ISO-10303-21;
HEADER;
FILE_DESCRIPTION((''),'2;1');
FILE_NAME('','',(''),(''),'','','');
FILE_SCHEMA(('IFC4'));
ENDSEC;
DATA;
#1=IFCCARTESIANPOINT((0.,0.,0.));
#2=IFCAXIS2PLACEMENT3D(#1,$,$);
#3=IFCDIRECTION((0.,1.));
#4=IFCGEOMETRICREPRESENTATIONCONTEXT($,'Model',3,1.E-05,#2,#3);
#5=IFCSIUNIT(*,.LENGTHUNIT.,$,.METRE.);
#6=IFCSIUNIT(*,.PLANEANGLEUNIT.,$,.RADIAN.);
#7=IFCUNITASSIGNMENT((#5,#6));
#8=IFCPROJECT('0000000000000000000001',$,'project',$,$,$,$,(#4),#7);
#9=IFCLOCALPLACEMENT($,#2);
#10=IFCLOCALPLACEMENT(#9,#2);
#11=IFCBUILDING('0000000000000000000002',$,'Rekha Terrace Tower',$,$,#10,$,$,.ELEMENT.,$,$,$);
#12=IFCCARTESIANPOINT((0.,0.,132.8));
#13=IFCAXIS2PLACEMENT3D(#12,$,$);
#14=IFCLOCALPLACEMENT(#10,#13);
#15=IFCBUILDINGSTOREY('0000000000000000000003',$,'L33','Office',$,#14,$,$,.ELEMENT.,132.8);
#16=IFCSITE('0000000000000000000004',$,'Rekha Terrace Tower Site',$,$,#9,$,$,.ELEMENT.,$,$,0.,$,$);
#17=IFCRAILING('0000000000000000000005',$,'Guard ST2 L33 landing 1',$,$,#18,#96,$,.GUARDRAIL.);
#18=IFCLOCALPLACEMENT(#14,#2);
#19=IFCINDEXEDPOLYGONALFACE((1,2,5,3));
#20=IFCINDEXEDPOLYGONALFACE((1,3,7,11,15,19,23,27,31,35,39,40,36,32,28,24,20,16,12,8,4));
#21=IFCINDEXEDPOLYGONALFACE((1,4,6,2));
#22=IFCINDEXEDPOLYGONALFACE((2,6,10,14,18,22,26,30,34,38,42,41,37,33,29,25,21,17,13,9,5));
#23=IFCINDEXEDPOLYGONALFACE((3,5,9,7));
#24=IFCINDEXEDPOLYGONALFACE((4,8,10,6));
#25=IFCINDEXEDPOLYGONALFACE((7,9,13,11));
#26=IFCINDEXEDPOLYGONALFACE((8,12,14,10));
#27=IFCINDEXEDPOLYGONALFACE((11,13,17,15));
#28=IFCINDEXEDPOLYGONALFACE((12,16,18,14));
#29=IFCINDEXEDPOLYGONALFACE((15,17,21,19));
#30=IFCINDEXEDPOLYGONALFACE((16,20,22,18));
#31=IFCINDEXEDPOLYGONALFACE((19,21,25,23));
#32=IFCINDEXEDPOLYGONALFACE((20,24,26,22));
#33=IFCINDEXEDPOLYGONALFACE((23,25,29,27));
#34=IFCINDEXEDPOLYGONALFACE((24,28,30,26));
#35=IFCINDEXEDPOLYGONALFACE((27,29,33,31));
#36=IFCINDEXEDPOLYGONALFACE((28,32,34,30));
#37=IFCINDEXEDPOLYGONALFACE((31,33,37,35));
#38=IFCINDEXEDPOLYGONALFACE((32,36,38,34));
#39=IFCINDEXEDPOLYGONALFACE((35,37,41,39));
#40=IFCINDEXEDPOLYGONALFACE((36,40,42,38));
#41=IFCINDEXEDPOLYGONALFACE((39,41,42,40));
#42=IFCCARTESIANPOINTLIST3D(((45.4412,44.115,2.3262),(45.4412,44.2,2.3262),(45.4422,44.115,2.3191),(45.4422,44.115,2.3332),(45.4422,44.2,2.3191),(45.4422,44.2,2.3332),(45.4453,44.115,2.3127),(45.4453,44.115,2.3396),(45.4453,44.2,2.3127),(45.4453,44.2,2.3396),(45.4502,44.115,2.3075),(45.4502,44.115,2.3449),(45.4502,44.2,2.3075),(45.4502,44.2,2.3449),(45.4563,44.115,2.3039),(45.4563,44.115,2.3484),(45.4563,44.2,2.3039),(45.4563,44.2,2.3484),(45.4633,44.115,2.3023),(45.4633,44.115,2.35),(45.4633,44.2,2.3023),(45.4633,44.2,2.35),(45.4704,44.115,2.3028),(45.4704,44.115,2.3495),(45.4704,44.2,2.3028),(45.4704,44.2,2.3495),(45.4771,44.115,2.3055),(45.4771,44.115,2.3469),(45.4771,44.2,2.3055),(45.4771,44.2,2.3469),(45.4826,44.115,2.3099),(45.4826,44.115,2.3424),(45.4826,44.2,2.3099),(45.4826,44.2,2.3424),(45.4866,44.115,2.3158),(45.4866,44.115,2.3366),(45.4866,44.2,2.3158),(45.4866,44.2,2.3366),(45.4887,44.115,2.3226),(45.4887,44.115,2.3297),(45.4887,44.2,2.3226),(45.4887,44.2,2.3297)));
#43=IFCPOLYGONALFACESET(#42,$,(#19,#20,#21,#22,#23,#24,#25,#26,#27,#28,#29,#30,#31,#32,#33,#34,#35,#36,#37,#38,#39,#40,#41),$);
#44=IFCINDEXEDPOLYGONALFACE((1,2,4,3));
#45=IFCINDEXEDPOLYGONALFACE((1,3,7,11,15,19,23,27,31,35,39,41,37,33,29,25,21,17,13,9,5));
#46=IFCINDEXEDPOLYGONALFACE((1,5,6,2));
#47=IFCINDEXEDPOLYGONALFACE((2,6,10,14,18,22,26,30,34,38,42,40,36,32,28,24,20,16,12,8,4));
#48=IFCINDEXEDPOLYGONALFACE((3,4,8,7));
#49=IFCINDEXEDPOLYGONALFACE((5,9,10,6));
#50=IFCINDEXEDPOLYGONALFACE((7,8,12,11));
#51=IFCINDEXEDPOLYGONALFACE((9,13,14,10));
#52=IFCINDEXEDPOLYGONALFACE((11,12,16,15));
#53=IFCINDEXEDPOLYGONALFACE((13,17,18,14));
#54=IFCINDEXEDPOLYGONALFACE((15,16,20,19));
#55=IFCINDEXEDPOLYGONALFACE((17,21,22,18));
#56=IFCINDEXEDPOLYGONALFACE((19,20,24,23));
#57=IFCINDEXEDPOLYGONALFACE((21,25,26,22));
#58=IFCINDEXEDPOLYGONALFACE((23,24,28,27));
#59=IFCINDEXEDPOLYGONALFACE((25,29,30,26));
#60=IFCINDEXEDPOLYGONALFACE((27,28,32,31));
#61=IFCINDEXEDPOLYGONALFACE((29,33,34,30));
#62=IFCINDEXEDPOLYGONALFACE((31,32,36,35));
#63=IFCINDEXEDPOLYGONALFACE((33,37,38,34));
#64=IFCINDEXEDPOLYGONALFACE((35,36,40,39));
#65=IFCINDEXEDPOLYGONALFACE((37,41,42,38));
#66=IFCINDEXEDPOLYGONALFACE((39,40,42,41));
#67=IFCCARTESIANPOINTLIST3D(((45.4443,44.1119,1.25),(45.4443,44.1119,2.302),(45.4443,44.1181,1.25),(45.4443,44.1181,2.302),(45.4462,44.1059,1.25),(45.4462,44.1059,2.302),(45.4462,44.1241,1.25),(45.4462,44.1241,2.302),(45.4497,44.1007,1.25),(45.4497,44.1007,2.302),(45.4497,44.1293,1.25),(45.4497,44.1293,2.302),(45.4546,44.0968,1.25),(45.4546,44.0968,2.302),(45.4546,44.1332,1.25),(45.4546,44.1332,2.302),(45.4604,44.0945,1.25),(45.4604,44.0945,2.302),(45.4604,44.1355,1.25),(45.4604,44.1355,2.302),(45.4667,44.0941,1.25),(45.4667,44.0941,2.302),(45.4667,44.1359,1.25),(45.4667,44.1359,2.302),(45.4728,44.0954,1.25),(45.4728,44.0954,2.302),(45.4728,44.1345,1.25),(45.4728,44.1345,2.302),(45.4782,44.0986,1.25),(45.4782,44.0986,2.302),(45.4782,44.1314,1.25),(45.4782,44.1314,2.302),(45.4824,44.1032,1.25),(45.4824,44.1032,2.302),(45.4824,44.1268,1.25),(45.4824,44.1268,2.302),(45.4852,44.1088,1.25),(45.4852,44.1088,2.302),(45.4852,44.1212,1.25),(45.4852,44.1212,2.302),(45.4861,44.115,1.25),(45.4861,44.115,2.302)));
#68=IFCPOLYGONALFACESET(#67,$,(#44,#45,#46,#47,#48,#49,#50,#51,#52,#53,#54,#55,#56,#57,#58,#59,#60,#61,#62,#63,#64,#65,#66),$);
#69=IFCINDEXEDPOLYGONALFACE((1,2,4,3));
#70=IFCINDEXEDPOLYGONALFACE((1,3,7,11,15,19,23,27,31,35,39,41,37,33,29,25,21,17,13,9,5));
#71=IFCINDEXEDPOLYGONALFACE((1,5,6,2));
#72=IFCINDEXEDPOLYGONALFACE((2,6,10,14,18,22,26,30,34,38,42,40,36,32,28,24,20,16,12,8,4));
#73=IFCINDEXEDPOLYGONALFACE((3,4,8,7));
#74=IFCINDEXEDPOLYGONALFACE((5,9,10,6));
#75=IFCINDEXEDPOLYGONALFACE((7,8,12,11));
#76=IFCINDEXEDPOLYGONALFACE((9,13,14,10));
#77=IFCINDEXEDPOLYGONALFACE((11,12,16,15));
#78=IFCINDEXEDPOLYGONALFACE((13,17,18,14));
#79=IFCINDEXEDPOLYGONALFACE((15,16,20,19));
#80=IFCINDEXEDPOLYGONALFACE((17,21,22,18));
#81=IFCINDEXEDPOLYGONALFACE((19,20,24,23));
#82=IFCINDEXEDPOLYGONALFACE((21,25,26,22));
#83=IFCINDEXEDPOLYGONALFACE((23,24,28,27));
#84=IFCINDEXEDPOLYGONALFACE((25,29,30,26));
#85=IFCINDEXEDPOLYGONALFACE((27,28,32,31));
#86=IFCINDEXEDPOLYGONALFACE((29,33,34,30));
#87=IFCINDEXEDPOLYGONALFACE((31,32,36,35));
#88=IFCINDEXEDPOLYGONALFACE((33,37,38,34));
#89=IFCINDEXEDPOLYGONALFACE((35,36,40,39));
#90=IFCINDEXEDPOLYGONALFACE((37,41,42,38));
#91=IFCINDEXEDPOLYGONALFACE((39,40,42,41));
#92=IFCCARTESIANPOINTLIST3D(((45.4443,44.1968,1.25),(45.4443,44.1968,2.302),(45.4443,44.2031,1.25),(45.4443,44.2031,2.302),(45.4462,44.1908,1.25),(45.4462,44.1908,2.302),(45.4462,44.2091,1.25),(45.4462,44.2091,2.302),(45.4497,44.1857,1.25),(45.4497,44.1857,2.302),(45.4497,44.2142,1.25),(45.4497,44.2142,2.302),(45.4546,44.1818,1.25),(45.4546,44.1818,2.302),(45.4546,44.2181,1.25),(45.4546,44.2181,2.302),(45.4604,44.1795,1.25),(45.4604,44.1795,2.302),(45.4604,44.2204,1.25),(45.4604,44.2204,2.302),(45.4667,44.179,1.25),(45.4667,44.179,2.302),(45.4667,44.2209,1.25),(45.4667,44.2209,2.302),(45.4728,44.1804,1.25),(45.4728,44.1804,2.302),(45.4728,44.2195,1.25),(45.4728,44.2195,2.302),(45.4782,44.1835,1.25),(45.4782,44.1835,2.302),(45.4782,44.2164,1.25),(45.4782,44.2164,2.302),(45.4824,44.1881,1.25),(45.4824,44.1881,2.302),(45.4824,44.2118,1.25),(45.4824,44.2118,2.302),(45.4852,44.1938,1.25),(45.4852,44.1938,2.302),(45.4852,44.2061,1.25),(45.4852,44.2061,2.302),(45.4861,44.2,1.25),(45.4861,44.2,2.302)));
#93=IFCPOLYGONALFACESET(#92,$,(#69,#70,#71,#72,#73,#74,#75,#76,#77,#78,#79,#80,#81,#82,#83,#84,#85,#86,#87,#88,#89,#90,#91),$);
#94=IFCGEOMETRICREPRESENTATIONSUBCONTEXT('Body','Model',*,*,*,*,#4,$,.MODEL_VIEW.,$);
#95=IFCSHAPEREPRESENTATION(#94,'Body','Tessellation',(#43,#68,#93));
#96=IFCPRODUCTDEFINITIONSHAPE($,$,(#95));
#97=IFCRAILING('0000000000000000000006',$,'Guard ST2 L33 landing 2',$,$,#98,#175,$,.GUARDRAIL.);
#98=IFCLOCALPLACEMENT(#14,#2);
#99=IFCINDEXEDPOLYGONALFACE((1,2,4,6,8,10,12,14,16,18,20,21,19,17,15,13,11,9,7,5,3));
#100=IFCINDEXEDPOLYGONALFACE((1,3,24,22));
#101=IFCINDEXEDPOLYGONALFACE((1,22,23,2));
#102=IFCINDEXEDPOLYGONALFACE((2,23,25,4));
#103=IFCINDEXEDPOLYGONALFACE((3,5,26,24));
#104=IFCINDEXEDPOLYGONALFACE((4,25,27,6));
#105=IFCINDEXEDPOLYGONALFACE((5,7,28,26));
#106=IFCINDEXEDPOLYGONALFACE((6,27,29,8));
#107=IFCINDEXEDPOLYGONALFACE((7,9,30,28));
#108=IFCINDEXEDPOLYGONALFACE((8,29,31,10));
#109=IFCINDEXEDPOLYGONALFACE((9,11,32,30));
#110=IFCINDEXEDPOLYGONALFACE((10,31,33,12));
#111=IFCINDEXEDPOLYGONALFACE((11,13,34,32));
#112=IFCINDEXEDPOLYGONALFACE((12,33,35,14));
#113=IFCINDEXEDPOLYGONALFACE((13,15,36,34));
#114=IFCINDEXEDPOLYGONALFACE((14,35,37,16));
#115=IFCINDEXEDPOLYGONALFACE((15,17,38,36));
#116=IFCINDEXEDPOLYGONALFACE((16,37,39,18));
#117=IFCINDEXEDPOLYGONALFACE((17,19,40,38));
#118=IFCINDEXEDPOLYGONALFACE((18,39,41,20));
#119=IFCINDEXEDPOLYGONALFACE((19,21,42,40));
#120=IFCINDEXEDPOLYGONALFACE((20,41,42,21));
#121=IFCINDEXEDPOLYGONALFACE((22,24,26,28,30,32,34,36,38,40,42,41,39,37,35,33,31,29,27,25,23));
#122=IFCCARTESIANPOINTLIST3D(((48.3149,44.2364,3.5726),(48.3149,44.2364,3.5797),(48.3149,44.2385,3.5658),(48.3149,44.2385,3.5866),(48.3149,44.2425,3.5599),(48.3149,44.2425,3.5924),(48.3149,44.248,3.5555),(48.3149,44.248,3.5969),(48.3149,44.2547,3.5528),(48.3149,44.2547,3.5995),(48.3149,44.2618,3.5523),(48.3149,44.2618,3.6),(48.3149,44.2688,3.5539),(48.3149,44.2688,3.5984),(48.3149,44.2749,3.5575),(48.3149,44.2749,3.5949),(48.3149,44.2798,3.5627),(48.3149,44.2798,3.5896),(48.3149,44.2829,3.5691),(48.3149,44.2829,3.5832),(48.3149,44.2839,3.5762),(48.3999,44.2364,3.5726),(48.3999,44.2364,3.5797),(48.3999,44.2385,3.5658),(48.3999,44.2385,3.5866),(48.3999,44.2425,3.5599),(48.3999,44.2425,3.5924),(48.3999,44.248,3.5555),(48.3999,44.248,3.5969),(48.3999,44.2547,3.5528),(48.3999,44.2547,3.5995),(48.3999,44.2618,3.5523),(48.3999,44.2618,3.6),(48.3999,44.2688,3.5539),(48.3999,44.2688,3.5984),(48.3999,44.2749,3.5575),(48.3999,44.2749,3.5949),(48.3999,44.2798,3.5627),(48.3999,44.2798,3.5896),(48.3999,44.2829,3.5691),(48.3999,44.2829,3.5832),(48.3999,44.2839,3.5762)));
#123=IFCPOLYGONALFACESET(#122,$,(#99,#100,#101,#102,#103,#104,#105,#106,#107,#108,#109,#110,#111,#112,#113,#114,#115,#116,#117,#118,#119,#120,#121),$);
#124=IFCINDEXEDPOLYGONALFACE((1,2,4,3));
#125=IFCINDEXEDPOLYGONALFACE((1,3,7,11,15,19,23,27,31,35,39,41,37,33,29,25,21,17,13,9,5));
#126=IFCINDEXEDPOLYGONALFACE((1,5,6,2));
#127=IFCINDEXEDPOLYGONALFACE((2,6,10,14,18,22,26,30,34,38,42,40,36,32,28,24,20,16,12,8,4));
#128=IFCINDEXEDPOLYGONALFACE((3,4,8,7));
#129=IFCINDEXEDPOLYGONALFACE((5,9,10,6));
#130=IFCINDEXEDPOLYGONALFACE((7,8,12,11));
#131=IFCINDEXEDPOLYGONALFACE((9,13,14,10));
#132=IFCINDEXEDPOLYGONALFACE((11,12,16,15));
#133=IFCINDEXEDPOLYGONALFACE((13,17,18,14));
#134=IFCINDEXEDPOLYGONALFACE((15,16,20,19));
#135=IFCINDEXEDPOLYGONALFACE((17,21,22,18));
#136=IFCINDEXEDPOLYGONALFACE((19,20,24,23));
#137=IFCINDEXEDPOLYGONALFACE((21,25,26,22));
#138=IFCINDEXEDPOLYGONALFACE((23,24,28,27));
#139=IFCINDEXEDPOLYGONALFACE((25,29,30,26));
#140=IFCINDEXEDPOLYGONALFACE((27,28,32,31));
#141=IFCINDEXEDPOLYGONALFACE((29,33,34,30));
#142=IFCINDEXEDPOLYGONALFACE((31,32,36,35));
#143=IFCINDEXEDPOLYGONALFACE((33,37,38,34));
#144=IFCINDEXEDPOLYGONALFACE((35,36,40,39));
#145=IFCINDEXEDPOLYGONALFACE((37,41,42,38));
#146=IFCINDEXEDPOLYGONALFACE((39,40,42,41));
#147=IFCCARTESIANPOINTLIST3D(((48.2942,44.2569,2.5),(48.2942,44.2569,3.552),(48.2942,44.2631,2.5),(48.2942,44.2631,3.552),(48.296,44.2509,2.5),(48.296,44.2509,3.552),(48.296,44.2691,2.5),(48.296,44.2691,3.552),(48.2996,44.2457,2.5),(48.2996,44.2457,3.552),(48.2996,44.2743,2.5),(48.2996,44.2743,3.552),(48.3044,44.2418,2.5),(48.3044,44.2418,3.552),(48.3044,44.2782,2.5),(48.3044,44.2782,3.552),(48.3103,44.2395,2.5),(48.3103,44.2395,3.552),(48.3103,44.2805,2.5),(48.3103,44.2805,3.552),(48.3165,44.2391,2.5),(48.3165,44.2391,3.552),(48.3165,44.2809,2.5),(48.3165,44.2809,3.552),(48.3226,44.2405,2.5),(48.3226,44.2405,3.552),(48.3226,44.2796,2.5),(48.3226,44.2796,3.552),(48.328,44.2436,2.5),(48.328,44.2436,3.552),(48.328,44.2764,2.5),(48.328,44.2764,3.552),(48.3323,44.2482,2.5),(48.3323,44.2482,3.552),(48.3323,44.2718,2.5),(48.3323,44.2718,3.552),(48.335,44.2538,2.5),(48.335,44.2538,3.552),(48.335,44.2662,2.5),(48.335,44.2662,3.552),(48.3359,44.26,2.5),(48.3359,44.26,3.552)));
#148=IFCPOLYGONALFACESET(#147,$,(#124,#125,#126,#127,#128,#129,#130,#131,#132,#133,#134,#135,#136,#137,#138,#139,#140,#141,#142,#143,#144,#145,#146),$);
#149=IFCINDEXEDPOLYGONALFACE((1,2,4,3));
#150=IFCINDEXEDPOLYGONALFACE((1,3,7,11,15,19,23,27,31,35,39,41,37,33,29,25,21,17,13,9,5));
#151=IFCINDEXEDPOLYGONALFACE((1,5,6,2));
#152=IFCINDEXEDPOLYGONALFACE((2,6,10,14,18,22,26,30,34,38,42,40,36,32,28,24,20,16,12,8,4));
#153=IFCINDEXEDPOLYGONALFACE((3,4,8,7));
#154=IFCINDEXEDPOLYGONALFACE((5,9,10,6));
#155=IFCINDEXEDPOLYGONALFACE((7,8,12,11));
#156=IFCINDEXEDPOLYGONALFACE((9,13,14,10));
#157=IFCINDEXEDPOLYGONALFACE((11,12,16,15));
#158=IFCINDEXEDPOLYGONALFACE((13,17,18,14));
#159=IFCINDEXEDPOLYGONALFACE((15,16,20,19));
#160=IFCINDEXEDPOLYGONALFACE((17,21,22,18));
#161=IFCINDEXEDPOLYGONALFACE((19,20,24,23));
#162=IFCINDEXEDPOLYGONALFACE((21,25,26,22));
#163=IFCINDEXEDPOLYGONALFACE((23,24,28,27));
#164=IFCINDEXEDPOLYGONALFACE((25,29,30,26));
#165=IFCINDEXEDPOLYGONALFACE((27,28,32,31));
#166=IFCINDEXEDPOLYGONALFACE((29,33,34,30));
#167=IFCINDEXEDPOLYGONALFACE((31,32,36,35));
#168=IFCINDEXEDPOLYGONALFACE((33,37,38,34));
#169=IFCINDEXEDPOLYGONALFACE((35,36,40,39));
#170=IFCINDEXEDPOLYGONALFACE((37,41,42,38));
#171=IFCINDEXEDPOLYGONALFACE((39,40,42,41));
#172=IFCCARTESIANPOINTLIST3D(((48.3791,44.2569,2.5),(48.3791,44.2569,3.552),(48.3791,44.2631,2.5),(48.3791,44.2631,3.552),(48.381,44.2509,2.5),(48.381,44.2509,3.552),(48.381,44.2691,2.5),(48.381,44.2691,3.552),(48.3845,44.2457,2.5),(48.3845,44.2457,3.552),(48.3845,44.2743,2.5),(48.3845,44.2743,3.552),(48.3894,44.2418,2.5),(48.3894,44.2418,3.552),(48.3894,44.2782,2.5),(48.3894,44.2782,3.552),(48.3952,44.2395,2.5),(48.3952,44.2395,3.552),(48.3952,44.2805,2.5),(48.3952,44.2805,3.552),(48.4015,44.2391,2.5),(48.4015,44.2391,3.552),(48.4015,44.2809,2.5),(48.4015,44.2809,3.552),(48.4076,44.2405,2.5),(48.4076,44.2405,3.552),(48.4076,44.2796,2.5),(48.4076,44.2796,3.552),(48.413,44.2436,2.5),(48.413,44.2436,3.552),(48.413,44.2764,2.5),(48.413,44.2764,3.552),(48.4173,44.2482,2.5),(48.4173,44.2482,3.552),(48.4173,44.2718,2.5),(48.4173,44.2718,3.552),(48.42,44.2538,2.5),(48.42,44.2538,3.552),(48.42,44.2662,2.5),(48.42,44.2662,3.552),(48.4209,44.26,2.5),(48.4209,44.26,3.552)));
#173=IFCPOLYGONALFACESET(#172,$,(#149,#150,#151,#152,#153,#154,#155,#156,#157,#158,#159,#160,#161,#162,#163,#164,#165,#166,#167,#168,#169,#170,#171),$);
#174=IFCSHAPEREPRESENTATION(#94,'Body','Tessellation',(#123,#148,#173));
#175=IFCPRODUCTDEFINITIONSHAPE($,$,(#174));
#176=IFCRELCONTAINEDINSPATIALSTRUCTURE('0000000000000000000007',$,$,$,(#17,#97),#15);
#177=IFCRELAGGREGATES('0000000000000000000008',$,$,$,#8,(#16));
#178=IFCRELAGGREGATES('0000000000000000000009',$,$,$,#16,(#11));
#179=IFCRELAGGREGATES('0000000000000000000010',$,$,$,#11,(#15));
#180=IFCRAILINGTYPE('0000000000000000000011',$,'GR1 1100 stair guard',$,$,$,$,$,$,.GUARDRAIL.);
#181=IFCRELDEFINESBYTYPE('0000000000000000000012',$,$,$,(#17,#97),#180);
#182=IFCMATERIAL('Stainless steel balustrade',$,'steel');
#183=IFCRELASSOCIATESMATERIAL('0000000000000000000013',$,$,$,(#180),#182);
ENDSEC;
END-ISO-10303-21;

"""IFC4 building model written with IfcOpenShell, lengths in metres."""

from ifc_helpers import new_model, si_unit, direction, frame, origin, origin_2d, place, context, subcontext, project, spatial, circle, extrude, material, type_object, element, save


model = new_model("IFC4")

# Units and contexts
model_context = context("Model", 3, precision=1e-05, world=origin(), true_north=direction((0.0, 1.0)))
body_context = subcontext(model_context, "Body", "Model", "MODEL_VIEW")
ifc_project = project(units=[si_unit("LENGTHUNIT", "METRE"), si_unit("PLANEANGLEUNIT", "RADIAN")], contexts=[model_context])

# Site, building, storey
site_placement = place(None, origin())
site = spatial("IfcSite", under=ifc_project, at=site_placement, Name="Rekha Terrace Tower Site", CompositionType="ELEMENT", RefElevation=0.0)
building_placement = place(site_placement, origin())
building = spatial("IfcBuilding", under=site, at=building_placement, Name="Rekha Terrace Tower", CompositionType="ELEMENT")
storey_placement = place(building_placement, frame((0.0, 0.0, 132.8)))
storey = spatial("IfcBuildingStorey", under=building, at=storey_placement, Name="L33", Description="Office", CompositionType="ELEMENT", Elevation=132.8)

# Railings
ifc_material_1 = material(Name="Stainless steel balustrade", Category="steel")
railing_type_1 = type_object("IfcRailingType", Name="GR1 1100 stair guard", PredefinedType="GUARDRAIL", material=ifc_material_1)
railing_1_placement = place(storey_placement, frame((45.4651, 44.115, 1.25)))
element("IfcRailing", 1, at=railing_1_placement, inside=storey, type_object=railing_type_1, Name="Guard ST2 L33 landing 1", PredefinedType="GUARDRAIL", context=body_context, shape_type="SweptSolid", body=[
    extrude(circle(Radius=0.0239, at=origin_2d()), frame((0.0, 0.0, 1.0762), z_axis=(0.0, 1.0, 0.0), x_axis=(-1.0, 0.0, 0.0)), (0.0, 0.0, 1.0), 0.085),
    extrude(circle(Radius=0.021, at=origin_2d()), origin(), (0.0, 0.0, 1.0), 1.052),
    extrude(circle(Radius=0.021, at=origin_2d()), frame((0.0, 0.085, 0.0)), (0.0, 0.0, 1.0), 1.052),
])
railing_2_placement = place(storey_placement, frame((48.3149, 44.26, 2.5)))
element("IfcRailing", 2, at=railing_2_placement, inside=storey, type_object=railing_type_1, Name="Guard ST2 L33 landing 2", PredefinedType="GUARDRAIL", context=body_context, shape_type="SweptSolid", body=[
    extrude(circle(Radius=0.0239, at=origin_2d()), frame((0.0, 0.0, 1.0762), z_axis=(1.0, 0.0, 0.0), x_axis=(0.0, 1.0, 0.0)), (0.0, 0.0, 1.0), 0.085),
    extrude(circle(Radius=0.021, at=origin_2d()), origin(), (0.0, 0.0, 1.0), 1.052),
    extrude(circle(Radius=0.021, at=origin_2d()), frame((0.085, 0.0, 0.0)), (0.0, 0.0, 1.0), 1.052),
])

save(model, "model.ifc")
